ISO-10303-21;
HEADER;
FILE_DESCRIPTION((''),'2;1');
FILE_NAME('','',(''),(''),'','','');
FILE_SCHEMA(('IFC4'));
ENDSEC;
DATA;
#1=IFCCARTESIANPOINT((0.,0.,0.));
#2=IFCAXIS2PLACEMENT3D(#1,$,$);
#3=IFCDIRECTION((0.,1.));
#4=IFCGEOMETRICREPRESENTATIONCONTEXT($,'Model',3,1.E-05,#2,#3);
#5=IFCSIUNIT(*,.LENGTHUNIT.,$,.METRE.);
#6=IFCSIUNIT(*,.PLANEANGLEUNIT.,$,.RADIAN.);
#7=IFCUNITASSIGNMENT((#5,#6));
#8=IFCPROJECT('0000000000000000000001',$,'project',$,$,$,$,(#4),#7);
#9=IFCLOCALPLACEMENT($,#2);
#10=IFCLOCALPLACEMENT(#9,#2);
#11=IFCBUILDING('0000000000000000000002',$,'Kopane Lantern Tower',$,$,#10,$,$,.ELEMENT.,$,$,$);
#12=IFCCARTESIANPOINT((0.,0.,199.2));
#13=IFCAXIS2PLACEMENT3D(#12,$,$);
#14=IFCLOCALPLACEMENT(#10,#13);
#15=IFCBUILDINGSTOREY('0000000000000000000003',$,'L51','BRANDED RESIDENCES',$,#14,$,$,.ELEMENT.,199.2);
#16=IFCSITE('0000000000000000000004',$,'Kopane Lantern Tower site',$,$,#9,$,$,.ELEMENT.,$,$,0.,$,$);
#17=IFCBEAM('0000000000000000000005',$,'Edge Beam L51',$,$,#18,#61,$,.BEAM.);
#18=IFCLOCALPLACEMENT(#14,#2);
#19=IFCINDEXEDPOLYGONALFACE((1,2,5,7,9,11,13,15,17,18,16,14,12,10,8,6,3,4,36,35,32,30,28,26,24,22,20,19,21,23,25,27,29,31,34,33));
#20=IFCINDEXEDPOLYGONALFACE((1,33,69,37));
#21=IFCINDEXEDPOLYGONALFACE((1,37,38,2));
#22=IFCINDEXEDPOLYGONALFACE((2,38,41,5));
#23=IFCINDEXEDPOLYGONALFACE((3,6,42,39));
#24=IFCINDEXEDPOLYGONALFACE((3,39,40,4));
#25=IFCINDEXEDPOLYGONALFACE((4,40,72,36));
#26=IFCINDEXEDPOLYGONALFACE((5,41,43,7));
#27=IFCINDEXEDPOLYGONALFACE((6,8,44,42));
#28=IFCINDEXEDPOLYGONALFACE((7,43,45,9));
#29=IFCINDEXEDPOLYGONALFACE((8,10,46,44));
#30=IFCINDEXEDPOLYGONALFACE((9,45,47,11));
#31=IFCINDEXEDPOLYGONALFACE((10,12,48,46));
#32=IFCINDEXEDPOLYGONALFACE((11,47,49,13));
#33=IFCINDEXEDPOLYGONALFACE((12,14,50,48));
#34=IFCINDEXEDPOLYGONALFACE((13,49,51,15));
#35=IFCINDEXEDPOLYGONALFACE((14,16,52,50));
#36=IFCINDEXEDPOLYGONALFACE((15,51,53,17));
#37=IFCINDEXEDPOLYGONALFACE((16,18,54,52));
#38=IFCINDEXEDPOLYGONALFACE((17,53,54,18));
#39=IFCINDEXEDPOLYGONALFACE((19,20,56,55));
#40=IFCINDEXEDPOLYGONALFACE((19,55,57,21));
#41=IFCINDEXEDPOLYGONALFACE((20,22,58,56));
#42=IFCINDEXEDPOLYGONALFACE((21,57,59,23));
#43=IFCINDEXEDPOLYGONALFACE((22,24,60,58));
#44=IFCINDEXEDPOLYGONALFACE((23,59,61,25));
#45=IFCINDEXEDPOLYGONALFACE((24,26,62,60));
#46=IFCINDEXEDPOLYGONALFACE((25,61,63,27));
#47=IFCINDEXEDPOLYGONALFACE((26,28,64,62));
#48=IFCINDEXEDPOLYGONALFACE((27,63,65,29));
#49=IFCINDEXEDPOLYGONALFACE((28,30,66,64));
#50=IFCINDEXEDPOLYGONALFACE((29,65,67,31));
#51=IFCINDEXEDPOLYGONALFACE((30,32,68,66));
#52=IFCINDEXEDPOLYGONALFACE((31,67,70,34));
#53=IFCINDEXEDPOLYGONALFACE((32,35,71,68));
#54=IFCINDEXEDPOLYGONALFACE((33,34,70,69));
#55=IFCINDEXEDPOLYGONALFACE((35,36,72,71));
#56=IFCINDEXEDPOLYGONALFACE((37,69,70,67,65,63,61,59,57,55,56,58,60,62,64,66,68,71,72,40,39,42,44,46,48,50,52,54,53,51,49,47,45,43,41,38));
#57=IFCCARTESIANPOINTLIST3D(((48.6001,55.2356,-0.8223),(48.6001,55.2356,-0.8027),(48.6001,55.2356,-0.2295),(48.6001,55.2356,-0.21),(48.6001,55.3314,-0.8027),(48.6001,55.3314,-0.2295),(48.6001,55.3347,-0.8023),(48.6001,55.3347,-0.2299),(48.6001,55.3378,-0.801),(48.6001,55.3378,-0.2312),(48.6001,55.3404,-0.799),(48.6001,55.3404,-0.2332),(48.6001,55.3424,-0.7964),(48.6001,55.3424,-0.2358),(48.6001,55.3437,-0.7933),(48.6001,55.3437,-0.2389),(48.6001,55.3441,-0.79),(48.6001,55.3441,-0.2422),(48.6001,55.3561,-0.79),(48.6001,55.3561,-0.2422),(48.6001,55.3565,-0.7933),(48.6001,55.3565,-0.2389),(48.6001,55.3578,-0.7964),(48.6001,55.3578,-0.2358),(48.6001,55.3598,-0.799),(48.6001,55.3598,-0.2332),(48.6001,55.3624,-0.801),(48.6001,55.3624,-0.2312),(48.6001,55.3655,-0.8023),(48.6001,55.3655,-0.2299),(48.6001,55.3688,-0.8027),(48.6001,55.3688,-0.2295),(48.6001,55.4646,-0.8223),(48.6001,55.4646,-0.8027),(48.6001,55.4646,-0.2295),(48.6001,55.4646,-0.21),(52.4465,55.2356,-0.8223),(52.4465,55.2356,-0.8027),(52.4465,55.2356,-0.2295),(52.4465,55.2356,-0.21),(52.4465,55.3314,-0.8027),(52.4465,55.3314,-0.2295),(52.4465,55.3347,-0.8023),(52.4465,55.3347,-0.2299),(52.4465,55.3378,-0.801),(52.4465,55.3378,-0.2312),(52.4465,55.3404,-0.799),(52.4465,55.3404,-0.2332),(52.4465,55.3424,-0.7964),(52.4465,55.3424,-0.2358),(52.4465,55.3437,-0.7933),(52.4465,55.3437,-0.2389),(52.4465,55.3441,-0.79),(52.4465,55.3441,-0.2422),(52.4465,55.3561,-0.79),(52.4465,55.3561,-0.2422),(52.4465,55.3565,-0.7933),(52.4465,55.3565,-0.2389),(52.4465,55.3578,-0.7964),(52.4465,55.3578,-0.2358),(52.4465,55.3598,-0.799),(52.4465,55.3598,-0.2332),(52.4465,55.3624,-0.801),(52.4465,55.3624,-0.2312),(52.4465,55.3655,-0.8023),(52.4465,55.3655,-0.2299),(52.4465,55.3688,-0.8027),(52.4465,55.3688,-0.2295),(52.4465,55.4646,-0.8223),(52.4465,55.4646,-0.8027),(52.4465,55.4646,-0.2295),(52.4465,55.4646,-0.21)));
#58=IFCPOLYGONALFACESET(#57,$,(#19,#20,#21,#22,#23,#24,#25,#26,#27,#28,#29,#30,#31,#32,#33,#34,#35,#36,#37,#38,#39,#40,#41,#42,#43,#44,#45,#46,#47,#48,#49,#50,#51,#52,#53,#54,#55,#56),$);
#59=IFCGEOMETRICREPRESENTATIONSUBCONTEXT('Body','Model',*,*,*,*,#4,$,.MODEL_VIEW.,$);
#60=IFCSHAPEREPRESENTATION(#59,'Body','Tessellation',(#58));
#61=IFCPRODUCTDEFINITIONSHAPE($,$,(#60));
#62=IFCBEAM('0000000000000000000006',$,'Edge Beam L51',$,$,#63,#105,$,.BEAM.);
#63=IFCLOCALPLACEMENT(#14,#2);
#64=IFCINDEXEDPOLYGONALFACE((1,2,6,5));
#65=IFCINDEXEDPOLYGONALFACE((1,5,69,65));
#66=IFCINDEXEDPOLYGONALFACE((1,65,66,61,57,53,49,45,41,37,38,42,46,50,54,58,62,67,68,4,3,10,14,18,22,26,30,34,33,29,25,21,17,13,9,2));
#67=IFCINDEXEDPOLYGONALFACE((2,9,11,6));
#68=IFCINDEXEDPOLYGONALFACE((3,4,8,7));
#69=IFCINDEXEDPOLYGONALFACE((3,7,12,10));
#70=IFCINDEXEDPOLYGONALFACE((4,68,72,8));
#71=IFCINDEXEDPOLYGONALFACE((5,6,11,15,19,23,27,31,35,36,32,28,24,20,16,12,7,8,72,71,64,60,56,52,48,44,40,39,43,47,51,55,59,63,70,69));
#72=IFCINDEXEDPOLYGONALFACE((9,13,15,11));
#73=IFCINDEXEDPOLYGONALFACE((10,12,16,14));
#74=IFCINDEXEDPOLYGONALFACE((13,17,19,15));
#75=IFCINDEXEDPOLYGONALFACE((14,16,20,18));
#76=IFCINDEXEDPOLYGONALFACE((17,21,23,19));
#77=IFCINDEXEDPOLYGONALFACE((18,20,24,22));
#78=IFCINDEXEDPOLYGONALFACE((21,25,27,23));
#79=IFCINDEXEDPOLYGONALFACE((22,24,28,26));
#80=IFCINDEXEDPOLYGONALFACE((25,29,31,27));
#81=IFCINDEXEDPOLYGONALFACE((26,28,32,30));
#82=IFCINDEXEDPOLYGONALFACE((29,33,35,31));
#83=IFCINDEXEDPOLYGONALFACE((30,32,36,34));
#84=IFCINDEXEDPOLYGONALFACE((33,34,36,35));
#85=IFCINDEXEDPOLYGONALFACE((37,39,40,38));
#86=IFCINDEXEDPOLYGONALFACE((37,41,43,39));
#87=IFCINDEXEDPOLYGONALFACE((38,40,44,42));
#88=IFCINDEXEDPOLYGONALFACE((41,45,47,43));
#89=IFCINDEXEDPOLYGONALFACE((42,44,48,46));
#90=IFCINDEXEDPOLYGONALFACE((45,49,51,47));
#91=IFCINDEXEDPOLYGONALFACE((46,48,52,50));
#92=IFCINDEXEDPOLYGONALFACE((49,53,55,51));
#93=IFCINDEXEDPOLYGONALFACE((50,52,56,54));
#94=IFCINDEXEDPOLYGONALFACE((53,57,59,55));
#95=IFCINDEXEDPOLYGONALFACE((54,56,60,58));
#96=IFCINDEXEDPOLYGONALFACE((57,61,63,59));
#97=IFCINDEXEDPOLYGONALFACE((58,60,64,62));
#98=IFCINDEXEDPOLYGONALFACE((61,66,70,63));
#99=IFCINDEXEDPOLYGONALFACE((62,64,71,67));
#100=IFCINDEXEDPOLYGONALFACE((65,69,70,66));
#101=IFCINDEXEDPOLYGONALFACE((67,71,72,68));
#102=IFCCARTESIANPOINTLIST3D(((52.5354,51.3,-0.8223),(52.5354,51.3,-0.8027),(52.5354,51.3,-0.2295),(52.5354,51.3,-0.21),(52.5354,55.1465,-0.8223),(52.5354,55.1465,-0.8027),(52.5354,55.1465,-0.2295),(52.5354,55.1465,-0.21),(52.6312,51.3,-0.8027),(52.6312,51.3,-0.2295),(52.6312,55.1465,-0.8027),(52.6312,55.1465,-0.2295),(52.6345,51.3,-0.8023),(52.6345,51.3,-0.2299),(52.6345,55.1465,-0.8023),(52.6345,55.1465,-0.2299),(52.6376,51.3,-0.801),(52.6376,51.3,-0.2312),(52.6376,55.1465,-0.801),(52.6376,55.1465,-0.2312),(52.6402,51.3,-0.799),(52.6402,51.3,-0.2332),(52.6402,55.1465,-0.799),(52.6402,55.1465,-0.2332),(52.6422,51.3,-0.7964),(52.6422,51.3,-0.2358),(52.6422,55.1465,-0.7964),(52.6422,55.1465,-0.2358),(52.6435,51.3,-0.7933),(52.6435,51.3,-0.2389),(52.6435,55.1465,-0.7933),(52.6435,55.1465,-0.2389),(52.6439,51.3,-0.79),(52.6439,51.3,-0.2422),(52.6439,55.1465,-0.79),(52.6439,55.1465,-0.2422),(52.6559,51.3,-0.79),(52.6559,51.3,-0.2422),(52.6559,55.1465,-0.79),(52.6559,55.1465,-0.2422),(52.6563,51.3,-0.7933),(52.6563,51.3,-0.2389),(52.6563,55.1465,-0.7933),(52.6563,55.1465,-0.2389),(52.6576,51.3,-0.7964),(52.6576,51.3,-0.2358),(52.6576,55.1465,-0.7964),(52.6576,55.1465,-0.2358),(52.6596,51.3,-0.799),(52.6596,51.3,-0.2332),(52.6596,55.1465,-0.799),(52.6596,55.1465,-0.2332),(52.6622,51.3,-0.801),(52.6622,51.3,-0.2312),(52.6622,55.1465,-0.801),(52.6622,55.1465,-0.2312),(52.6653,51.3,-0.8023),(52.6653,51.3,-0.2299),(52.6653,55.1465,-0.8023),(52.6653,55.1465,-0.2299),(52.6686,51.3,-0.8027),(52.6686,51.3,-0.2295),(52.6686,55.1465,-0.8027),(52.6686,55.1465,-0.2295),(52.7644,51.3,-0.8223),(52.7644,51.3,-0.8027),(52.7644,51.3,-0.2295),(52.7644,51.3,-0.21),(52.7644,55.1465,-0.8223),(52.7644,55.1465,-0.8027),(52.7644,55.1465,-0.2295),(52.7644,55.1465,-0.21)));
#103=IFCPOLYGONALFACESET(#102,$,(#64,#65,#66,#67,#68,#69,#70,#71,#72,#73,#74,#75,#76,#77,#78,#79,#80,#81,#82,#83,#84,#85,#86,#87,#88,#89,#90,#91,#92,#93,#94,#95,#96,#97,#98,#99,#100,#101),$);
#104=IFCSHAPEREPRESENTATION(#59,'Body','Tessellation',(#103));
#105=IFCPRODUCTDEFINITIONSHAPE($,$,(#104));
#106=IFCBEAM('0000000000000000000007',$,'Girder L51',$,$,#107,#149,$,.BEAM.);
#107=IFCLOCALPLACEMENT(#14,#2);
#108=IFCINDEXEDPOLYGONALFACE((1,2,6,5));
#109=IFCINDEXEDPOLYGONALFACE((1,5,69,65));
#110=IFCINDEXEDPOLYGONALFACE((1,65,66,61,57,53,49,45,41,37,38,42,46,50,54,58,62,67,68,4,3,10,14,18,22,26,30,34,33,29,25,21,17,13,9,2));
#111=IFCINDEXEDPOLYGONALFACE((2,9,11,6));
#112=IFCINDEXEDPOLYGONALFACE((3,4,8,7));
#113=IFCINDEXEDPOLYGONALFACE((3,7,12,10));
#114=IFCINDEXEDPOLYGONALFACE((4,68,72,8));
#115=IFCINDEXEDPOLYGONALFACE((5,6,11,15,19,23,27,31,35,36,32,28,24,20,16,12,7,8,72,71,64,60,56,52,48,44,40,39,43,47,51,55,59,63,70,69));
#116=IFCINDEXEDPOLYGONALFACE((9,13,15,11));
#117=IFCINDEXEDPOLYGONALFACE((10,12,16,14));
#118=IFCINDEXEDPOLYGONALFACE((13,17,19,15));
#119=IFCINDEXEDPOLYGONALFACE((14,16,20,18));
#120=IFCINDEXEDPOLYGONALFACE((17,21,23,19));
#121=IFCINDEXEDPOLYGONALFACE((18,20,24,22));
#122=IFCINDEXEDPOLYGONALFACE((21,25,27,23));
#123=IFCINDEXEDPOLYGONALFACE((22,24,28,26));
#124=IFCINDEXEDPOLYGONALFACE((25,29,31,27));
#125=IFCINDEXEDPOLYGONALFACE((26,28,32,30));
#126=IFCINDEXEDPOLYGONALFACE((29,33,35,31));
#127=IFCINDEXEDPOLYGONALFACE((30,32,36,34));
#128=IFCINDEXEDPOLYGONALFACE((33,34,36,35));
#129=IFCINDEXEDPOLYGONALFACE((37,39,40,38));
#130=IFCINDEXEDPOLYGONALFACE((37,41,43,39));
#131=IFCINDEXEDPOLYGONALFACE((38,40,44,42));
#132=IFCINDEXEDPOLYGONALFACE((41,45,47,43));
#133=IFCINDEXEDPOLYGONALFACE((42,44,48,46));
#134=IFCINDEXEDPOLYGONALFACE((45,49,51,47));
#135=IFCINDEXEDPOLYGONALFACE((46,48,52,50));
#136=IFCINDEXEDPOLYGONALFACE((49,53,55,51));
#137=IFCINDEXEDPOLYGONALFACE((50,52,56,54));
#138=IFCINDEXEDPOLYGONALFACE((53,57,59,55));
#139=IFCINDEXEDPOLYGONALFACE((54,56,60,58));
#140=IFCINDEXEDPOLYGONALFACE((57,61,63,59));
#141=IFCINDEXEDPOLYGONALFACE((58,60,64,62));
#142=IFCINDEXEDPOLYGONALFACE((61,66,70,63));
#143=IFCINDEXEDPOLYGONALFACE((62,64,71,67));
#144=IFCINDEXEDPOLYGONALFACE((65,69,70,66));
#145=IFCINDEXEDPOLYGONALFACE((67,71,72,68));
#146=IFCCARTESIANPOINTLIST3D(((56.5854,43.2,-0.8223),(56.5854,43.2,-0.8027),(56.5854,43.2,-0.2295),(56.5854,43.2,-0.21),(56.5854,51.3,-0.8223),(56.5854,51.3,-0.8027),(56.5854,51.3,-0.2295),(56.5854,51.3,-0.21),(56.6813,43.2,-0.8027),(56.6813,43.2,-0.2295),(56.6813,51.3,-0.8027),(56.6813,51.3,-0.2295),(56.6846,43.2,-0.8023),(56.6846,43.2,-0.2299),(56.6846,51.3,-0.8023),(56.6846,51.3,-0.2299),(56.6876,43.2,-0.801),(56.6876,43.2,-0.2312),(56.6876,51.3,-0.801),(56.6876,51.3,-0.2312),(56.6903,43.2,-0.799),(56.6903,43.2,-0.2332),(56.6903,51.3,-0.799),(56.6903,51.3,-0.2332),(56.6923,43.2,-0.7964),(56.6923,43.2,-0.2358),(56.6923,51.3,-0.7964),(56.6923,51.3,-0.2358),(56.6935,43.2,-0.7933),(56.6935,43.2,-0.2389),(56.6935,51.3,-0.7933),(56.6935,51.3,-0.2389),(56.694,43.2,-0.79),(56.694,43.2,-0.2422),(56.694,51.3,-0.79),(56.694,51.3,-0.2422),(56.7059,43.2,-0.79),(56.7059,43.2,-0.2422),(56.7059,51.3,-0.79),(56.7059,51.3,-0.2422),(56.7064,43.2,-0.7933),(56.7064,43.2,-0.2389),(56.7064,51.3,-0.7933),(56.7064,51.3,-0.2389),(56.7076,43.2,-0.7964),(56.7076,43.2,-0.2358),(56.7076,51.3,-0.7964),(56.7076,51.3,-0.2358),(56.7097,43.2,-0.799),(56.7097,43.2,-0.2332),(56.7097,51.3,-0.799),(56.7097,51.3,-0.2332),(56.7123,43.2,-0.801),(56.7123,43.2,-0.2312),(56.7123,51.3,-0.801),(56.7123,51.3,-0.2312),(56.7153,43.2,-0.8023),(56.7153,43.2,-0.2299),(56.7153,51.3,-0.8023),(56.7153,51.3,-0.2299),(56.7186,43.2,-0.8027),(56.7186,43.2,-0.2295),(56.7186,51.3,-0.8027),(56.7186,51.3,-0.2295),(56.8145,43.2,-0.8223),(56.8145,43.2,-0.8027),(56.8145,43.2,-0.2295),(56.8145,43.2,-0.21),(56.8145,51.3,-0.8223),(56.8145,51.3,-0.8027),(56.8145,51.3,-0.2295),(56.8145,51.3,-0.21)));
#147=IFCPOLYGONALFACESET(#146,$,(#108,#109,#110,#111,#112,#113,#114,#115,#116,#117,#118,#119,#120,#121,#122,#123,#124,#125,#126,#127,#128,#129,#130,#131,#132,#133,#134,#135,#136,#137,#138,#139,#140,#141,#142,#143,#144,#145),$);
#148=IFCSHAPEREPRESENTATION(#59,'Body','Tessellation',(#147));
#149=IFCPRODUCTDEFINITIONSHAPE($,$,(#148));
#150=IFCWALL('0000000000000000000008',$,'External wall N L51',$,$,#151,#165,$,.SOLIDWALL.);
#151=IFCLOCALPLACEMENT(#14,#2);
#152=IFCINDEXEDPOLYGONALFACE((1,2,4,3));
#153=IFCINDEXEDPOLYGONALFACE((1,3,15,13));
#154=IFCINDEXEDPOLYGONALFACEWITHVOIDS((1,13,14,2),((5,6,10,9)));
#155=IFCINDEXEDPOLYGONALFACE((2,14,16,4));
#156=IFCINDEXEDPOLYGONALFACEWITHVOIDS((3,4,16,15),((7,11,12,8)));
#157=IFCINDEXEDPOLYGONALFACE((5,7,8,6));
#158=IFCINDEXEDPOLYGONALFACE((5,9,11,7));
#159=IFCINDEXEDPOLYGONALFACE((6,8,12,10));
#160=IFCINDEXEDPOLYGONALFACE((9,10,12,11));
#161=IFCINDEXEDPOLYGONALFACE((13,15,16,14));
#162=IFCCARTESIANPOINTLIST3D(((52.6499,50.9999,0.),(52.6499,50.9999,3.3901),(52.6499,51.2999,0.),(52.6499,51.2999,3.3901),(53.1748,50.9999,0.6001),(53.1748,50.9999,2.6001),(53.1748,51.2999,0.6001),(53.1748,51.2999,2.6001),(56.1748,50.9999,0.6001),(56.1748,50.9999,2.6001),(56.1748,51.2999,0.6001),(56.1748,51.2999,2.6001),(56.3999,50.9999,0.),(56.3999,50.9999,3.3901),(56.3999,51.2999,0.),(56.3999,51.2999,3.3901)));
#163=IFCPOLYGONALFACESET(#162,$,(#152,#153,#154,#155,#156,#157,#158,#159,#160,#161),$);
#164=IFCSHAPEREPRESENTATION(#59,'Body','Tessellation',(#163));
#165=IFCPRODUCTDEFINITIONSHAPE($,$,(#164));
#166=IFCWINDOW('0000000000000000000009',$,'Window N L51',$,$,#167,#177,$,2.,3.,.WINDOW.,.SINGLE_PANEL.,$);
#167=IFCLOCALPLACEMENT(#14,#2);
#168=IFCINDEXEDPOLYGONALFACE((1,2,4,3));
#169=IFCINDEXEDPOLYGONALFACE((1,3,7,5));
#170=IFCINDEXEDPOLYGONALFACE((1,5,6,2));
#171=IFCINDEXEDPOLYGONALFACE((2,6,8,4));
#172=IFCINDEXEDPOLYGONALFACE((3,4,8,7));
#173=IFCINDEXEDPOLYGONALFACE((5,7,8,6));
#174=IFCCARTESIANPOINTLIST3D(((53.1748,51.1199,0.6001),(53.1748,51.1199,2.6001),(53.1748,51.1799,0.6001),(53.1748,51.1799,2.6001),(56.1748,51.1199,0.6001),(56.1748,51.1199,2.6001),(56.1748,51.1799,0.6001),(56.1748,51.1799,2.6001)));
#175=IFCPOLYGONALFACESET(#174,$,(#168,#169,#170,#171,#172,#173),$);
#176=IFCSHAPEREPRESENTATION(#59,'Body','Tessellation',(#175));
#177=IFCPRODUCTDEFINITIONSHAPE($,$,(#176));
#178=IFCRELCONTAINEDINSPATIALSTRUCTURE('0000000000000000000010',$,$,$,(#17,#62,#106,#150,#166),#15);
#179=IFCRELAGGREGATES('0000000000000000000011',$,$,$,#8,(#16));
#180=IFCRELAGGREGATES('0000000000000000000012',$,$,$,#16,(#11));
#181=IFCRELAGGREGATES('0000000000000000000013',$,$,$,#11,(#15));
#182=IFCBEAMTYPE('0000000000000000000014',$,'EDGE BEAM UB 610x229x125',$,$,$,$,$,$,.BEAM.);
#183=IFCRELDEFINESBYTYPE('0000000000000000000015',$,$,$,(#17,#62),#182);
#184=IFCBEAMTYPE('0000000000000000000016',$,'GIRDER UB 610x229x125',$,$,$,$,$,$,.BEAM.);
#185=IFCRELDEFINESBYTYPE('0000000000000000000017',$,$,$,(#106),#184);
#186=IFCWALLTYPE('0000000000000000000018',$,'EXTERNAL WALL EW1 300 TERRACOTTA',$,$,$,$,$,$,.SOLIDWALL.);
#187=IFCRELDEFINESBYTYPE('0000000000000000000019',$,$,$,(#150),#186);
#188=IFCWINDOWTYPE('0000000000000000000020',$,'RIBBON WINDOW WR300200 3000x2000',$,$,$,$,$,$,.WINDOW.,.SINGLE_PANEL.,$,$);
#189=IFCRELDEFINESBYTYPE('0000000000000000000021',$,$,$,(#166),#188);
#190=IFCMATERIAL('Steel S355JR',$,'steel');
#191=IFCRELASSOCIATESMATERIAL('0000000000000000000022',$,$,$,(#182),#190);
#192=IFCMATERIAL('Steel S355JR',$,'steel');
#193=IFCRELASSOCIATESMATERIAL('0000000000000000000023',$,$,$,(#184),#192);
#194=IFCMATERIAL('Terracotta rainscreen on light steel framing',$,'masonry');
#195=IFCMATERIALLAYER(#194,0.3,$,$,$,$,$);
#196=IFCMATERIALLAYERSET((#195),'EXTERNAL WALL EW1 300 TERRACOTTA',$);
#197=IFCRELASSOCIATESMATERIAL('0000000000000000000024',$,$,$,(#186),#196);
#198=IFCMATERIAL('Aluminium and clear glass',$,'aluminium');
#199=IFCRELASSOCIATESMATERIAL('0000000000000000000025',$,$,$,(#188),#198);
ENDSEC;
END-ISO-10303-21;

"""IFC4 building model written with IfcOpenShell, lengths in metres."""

from ifc_helpers import new_model, si_unit, direction, frame, frame_2d, origin, origin_2d, place, context, subcontext, project, spatial, rectangle, i_section, extrude, material, layer, layer_set, material_profile, profile_set, type_object, element, fill, save


model = new_model("IFC4")

# Units and contexts
model_context = context("Model", 3, precision=1e-05, world=origin(), true_north=direction((0.0, 1.0)))
body_context = subcontext(model_context, "Body", "Model", "MODEL_VIEW")
ifc_project = project(units=[si_unit("LENGTHUNIT", "METRE"), si_unit("PLANEANGLEUNIT", "RADIAN")], contexts=[model_context])

# Site, building, storey
site_placement = place(None, origin())
site = spatial("IfcSite", under=ifc_project, at=site_placement, Name="Kopane Lantern Tower site", CompositionType="ELEMENT", RefElevation=0.0)
building_placement = place(site_placement, origin())
building = spatial("IfcBuilding", under=site, at=building_placement, Name="Kopane Lantern Tower", CompositionType="ELEMENT")
storey_placement = place(building_placement, frame((0.0, 0.0, 199.2)))
storey = spatial("IfcBuildingStorey", under=building, at=storey_placement, Name="L51", Description="BRANDED RESIDENCES", CompositionType="ELEMENT", Elevation=199.2)

# Beams
ifc_material_1 = material(Name="Steel S355JR", Category="steel")
ifc_material_profile_1 = material_profile(ifc_material_1, i_section(OverallWidth=0.229, OverallDepth=0.6123, WebThickness=0.012, FlangeThickness=0.0195, FilletRadius=0.0127, at=origin_2d()), Name="UB 610x229x125")
ifc_profile_set_1 = profile_set([ifc_material_profile_1], Name="Steel S355JR")
beam_type_1 = type_object("IfcBeamType", Name="EDGE BEAM UB 610x229x125", PredefinedType="BEAM", material=ifc_profile_set_1)
for number, where, z_axis, x_axis, name in (
    (1, (52.4465, 55.3501, -0.5161), (-1.0, 0.0, 0.0), (0.0, -1.0, 0.0), "Edge Beam L51"),
    (2, (52.6499, 55.1465, -0.5161), (0.0, -1.0, 0.0), (1.0, 0.0, 0.0), "Edge Beam L51"),
):
    element("IfcBeam", number, at=place(storey_placement, frame(where, z_axis=z_axis, x_axis=x_axis)), inside=storey, type_object=beam_type_1, Name=name, PredefinedType="BEAM", context=body_context, shape_type="SweptSolid", body=[
        extrude(i_section(OverallWidth=0.229, OverallDepth=0.6123, WebThickness=0.012, FlangeThickness=0.0195, FilletRadius=0.0127, at=origin_2d()), origin(), (0.0, 0.0, 1.0), 3.8464),
    ])
ifc_material_2 = material(Name="Steel S355JR", Category="steel")
ifc_material_profile_2 = material_profile(ifc_material_2, i_section(OverallWidth=0.229, OverallDepth=0.6123, WebThickness=0.012, FlangeThickness=0.0195, FilletRadius=0.0127, at=origin_2d()), Name="UB 610x229x125")
ifc_profile_set_2 = profile_set([ifc_material_profile_2], Name="Steel S355JR")
beam_type_2 = type_object("IfcBeamType", Name="GIRDER UB 610x229x125", PredefinedType="BEAM", material=ifc_profile_set_2)
beam_1_placement = place(storey_placement, frame((56.7, 43.2, -0.5161), z_axis=(0.0, 1.0, 0.0), x_axis=(-1.0, 0.0, 0.0)))
element("IfcBeam", 3, at=beam_1_placement, inside=storey, type_object=beam_type_2, Name="Girder L51", PredefinedType="BEAM", context=body_context, shape_type="SweptSolid", body=[
    extrude(i_section(OverallWidth=0.229, OverallDepth=0.6123, WebThickness=0.012, FlangeThickness=0.0195, FilletRadius=0.0127, at=origin_2d()), origin(), (0.0, 0.0, 1.0), 8.1001),
])

# Wall, opening, window
ifc_material_3 = material(Name="Terracotta rainscreen on light steel framing", Category="masonry")
ifc_layer = layer(ifc_material_3, 0.3)
ifc_layer_set = layer_set([ifc_layer], Name="EXTERNAL WALL EW1 300 TERRACOTTA")
wall_type = type_object("IfcWallType", Name="EXTERNAL WALL EW1 300 TERRACOTTA", PredefinedType="SOLIDWALL", material=ifc_layer_set)
wall_1_placement = place(storey_placement, frame((56.3999, 51.1499, 0.0), z_axis=(0.0, 0.0, 1.0), x_axis=(-1.0, 0.0, 0.0)))
wall_1 = element("IfcWall", 4, at=wall_1_placement, inside=storey, type_object=wall_type, Name="External wall N L51", PredefinedType="SOLIDWALL", context=body_context, shape_type="SweptSolid", body=[
    extrude(rectangle(XDim=3.75, YDim=0.3, at=frame_2d((1.875, 0.0))), origin(), (0.0, 0.0, 1.0), 3.3901),
])
opening_1_placement = place(wall_1_placement, frame((0.2251, 0.0, 0.6001)))
opening_1 = element("IfcOpeningElement", 5, at=opening_1_placement, cuts=wall_1, PredefinedType="OPENING", context=body_context, shape_type="SweptSolid", body=[
    extrude(rectangle(XDim=3.0, YDim=2.0, at=frame_2d((1.5, 1.0))), frame((0.0, 0.1599, 0.0), z_axis=(0.0, -1.0, 0.0), x_axis=(1.0, 0.0, 0.0)), (0.0, 0.0, 1.0), 0.3201),
])
ifc_material_4 = material(Name="Aluminium and clear glass", Category="aluminium")
window_type = type_object("IfcWindowType", Name="RIBBON WINDOW WR300200 3000x2000", PartitioningType="SINGLE_PANEL", PredefinedType="WINDOW", material=ifc_material_4)
window_1_placement = place(opening_1_placement, origin())
window_1 = element("IfcWindow", 6, at=window_1_placement, inside=storey, type_object=window_type, Name="Window N L51", OverallHeight=2.0, OverallWidth=3.0, PartitioningType="SINGLE_PANEL", PredefinedType="WINDOW", context=body_context, shape_type="SweptSolid", body=[
    extrude(rectangle(XDim=3.0, YDim=2.0, at=frame_2d((1.5, 1.0))), frame((0.0, 0.03, 0.0), z_axis=(0.0, -1.0, 0.0), x_axis=(1.0, 0.0, 0.0)), (0.0, 0.0, 1.0), 0.0601),
])
fill(opening_1, window_1)

save(model, "model.ifc")
